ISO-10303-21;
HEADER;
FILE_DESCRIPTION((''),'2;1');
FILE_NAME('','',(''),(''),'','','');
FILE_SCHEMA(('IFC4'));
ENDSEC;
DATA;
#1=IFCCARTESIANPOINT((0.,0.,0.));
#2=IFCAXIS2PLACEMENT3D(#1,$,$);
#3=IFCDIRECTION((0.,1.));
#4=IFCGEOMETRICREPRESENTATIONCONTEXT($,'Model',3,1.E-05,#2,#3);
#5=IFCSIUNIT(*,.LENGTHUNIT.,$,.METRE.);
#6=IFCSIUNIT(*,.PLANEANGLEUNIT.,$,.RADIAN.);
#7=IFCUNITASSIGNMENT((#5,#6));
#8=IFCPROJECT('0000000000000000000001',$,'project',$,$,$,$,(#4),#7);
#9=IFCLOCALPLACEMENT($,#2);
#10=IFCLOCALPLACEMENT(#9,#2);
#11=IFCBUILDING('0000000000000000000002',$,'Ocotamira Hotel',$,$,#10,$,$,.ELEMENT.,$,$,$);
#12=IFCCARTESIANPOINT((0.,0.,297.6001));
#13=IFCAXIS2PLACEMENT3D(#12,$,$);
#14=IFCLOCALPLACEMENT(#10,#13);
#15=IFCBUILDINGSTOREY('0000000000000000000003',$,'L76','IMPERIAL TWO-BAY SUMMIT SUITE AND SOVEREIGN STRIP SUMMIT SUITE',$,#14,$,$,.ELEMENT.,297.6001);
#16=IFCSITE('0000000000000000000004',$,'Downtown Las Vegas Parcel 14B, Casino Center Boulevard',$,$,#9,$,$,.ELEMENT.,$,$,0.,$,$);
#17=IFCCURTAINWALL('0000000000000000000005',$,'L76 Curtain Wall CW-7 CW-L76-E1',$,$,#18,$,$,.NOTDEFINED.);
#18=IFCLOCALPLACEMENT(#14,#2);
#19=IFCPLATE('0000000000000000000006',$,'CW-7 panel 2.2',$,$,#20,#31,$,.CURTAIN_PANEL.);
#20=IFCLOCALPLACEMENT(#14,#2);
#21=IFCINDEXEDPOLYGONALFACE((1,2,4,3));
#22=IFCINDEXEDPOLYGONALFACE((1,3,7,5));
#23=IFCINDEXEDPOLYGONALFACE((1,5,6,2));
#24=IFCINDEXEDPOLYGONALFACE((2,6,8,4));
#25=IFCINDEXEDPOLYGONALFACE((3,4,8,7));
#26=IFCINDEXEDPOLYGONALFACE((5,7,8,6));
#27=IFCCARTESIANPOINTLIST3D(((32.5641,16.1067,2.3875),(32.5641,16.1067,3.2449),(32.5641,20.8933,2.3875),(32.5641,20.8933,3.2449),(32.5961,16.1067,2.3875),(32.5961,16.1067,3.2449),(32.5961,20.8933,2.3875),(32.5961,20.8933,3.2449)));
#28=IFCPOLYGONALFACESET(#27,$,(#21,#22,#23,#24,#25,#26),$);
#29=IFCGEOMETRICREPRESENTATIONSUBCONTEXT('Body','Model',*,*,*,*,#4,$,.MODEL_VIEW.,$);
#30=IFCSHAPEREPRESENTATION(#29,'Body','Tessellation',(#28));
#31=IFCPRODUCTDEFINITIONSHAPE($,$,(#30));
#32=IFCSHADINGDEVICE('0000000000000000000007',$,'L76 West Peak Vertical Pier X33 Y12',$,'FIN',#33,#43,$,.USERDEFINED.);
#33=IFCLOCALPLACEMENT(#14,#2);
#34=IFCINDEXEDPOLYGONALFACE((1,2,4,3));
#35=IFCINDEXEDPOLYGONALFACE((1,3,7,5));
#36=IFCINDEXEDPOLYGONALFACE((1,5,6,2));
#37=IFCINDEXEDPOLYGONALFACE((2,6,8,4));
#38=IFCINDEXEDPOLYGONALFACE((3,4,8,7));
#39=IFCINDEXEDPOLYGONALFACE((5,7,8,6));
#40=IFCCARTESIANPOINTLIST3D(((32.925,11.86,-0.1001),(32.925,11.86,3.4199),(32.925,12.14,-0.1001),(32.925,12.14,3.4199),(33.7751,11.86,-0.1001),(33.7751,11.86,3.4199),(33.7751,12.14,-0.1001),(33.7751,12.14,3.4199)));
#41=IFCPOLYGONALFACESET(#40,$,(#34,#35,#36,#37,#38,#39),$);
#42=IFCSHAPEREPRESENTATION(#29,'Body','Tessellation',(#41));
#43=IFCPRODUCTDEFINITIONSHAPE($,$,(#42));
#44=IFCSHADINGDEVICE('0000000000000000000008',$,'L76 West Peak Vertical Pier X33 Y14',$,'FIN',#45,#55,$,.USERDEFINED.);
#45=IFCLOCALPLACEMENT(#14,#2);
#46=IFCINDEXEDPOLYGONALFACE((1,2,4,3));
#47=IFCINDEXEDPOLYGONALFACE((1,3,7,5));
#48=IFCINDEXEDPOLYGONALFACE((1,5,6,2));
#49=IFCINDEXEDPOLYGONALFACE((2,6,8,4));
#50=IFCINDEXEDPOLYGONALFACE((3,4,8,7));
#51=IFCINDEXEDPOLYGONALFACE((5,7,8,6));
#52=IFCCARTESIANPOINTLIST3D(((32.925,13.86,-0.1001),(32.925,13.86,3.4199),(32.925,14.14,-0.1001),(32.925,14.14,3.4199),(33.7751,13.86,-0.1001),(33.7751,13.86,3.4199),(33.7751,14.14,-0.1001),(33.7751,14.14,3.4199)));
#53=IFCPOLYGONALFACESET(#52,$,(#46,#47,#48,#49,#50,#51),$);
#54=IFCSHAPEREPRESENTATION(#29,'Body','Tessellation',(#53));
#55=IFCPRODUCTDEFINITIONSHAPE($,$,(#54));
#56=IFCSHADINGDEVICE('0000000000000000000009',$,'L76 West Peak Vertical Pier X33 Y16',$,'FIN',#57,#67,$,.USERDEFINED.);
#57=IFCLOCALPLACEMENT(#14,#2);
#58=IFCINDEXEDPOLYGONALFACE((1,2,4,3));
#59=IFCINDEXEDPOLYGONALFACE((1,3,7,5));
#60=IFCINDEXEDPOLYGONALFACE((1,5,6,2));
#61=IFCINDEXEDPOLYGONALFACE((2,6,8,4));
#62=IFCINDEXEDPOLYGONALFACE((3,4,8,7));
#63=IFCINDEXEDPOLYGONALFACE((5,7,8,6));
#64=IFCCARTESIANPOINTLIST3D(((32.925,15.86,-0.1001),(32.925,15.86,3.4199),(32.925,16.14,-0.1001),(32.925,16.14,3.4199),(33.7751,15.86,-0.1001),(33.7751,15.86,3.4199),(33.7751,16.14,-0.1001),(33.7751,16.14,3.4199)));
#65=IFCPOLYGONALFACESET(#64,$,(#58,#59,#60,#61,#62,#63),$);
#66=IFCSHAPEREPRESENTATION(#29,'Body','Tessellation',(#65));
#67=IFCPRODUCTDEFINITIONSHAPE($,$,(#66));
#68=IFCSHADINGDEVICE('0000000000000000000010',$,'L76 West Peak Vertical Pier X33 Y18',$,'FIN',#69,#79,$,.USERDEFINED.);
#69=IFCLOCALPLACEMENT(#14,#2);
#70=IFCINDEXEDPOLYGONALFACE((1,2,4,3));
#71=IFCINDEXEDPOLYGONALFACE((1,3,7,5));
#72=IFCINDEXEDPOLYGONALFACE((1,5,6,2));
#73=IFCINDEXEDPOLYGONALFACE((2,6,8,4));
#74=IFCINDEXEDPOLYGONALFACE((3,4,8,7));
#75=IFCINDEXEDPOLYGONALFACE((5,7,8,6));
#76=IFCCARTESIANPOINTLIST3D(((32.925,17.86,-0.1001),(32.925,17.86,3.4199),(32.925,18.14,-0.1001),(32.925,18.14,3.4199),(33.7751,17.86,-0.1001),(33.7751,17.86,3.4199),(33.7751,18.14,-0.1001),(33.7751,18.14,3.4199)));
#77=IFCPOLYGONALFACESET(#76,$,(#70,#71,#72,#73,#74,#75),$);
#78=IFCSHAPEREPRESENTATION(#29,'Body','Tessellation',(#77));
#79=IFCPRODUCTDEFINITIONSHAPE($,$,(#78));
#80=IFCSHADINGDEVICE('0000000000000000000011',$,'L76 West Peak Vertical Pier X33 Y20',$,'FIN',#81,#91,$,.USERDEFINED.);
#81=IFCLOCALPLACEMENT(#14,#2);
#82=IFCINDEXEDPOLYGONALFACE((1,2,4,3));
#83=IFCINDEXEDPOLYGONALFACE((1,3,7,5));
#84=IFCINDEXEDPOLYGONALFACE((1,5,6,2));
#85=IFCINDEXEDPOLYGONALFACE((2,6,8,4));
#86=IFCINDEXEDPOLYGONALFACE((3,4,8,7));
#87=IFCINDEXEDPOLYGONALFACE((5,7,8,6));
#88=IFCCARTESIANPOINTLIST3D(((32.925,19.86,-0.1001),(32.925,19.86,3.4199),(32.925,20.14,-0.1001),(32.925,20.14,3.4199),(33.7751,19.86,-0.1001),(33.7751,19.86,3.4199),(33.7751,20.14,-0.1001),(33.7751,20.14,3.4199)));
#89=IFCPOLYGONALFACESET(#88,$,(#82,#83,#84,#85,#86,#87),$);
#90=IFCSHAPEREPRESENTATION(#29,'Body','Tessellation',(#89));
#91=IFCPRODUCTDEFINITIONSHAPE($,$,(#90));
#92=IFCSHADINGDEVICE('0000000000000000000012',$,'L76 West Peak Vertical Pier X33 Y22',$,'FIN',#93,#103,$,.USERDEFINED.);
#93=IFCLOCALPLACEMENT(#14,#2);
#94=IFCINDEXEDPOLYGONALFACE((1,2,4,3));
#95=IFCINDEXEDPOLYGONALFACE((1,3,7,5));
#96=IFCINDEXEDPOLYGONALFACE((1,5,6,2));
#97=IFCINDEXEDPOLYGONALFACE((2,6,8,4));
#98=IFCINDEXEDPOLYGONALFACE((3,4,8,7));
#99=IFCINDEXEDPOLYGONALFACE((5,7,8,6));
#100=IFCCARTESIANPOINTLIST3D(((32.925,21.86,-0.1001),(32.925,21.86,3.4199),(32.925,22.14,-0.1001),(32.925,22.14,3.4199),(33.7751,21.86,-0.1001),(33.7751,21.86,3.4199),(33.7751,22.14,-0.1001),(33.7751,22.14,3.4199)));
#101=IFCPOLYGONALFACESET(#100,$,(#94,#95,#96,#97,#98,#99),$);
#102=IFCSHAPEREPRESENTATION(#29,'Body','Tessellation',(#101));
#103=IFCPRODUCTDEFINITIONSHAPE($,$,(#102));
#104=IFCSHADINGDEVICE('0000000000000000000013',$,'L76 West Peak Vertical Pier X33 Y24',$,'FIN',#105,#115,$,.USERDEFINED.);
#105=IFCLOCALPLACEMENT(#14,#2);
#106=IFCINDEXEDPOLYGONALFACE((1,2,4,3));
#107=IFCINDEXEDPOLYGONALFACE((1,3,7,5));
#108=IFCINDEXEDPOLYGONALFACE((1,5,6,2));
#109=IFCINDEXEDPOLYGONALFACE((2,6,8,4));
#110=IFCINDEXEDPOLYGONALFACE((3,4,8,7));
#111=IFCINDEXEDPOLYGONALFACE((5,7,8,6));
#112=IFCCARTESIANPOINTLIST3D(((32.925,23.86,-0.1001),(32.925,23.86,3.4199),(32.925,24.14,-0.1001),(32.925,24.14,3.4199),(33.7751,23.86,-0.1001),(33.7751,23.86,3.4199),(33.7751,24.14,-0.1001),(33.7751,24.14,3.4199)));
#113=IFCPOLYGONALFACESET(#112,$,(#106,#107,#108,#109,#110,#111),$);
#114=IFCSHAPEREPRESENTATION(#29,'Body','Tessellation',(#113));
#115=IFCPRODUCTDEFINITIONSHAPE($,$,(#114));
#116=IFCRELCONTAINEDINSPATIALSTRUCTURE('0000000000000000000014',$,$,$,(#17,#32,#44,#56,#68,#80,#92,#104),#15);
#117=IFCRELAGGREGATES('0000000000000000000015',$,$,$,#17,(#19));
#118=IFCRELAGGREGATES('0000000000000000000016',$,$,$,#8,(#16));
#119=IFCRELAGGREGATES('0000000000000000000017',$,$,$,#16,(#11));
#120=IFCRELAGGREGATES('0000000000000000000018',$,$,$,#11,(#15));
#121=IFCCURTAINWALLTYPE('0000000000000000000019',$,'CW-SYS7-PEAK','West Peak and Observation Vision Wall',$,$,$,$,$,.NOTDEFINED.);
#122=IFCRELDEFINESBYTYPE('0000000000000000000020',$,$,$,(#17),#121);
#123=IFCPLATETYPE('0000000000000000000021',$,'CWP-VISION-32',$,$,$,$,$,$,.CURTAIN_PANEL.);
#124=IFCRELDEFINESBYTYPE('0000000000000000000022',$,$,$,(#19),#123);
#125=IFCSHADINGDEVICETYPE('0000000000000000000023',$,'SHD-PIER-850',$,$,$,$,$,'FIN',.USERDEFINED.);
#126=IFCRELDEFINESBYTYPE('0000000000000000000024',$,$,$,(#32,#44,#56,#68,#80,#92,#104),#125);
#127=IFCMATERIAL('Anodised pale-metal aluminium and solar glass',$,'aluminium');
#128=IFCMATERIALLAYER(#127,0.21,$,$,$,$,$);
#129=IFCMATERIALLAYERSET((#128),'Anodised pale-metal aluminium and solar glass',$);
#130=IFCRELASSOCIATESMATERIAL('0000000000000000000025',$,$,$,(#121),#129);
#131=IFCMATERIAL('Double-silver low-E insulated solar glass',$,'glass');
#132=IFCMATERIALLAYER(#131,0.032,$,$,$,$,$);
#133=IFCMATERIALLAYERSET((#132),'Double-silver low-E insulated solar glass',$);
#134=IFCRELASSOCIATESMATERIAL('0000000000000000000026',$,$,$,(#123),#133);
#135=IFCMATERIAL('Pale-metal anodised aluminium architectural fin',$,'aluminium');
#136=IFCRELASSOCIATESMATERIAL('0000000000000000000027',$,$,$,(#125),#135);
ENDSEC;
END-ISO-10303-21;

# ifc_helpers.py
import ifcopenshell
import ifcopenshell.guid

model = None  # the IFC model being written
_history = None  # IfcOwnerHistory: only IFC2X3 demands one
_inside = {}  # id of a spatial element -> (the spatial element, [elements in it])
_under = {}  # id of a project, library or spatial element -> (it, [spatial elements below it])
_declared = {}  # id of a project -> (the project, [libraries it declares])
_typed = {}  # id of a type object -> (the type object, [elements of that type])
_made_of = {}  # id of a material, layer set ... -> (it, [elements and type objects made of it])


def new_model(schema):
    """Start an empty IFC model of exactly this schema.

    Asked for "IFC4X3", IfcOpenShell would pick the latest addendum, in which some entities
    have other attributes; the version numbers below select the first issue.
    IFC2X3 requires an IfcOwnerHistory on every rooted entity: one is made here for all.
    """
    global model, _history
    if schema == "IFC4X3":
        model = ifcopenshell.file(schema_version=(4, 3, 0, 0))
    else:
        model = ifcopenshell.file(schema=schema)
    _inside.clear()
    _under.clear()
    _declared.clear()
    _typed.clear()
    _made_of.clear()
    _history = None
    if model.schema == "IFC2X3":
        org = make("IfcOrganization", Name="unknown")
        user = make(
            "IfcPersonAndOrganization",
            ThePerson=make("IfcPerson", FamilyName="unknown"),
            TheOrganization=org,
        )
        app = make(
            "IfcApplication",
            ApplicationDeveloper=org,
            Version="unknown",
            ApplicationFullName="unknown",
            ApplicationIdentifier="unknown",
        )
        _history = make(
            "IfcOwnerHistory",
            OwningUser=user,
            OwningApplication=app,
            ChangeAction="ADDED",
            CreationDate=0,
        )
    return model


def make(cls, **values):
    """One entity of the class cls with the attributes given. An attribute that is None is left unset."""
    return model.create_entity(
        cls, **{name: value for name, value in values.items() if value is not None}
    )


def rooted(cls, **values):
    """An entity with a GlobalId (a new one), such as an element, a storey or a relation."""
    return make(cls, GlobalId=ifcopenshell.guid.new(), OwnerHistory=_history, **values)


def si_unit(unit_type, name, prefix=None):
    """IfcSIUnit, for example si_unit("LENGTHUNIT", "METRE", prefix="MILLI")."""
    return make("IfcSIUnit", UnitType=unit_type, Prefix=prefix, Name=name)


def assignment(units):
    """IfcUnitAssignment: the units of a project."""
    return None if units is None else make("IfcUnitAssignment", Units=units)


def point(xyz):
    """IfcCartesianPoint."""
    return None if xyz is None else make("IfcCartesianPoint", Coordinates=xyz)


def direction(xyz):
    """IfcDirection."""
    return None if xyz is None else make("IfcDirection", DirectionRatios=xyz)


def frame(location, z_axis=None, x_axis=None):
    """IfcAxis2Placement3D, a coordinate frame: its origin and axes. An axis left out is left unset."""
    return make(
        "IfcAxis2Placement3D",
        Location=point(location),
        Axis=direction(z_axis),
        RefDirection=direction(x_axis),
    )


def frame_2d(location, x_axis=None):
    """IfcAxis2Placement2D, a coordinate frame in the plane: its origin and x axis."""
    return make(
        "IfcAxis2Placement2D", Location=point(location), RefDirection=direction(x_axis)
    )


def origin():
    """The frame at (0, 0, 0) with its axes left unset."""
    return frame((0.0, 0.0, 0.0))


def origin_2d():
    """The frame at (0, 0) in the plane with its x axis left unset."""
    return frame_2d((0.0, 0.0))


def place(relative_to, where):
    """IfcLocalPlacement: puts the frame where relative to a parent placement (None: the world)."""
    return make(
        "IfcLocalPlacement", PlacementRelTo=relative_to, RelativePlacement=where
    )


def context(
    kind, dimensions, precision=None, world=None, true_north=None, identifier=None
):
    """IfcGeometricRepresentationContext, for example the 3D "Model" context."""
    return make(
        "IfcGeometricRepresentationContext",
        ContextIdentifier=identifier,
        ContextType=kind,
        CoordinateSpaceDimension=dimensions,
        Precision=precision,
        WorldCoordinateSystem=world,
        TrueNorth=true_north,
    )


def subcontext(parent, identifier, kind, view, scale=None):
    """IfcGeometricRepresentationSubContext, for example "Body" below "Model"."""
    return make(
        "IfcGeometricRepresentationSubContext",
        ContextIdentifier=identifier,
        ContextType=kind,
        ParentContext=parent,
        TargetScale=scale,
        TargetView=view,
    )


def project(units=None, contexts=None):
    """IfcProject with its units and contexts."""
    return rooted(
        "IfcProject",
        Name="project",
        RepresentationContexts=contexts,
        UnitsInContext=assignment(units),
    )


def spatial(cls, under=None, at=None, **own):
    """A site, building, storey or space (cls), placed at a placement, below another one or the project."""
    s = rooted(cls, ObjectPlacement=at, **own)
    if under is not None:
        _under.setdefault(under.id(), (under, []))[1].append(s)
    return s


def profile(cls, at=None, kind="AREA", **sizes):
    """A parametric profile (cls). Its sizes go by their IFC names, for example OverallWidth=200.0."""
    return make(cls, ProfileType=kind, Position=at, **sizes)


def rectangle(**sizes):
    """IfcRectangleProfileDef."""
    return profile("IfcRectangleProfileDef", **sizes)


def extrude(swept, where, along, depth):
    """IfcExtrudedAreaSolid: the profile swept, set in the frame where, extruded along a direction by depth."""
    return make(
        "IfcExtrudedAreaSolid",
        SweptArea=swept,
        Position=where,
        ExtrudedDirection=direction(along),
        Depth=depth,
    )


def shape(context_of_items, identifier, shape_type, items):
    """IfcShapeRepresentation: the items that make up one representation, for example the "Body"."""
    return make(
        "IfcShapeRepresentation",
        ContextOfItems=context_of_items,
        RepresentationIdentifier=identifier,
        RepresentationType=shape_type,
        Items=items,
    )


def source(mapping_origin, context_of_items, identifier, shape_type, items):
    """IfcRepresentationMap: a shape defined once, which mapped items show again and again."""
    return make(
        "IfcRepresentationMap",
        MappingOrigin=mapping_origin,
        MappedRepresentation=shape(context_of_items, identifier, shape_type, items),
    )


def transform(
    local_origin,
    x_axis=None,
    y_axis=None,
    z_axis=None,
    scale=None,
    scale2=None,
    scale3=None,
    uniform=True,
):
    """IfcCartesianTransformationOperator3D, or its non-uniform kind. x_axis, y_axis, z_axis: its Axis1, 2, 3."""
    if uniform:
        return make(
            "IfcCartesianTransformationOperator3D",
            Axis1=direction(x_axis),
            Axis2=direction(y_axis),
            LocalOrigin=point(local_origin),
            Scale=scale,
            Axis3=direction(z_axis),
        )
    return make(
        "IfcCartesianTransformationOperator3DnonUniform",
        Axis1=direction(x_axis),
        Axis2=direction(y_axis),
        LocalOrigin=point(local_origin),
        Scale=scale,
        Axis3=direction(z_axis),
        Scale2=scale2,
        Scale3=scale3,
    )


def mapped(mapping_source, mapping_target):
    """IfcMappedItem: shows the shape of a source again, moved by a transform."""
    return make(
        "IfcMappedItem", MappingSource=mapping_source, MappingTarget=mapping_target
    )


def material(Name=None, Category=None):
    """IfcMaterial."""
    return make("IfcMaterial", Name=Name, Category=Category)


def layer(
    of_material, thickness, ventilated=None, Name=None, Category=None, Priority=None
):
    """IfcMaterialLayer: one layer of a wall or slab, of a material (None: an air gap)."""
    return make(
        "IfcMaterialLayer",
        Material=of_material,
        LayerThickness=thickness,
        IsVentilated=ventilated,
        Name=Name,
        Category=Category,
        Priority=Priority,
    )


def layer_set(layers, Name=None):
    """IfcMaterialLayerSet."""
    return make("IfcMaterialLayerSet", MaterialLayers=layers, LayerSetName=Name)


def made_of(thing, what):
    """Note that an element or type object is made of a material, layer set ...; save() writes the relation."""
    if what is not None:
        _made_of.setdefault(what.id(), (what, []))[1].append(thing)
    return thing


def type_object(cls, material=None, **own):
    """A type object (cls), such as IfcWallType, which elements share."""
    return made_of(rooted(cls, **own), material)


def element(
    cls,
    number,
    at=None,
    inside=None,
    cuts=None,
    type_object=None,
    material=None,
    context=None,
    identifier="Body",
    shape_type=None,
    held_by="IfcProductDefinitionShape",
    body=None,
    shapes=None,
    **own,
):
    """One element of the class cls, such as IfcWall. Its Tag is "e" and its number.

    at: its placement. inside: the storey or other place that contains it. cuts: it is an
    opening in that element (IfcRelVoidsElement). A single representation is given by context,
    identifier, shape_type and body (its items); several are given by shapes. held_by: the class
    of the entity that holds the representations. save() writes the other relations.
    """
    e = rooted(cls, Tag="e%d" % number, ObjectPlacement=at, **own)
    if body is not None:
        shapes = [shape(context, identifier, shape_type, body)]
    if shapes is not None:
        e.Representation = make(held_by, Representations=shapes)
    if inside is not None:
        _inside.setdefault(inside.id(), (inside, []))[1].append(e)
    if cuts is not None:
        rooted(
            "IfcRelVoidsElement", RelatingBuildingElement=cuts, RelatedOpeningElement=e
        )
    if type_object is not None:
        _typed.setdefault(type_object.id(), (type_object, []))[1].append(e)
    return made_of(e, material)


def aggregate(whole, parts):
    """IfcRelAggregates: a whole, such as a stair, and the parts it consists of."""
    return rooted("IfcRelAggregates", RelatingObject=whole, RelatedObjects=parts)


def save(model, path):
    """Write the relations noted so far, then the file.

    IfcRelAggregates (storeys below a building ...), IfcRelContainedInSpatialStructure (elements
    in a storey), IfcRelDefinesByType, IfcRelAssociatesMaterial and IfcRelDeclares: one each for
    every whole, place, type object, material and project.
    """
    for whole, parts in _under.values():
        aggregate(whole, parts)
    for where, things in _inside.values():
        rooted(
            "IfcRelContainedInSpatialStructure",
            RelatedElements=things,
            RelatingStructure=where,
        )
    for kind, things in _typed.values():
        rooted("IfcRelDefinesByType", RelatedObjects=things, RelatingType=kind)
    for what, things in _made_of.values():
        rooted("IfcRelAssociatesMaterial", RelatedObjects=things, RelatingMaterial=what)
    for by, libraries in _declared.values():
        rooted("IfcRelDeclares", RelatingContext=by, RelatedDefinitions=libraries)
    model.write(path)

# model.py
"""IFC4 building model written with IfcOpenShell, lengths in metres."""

from ifc_helpers import new_model, si_unit, direction, frame, origin, origin_2d, place, context, subcontext, project, spatial, rectangle, extrude, source, transform, mapped, material, layer, layer_set, type_object, element, aggregate, save


model = new_model("IFC4")

# Units and contexts
model_context = context("Model", 3, precision=1e-05, world=origin(), true_north=direction((0.0, 1.0)))
body_context = subcontext(model_context, "Body", "Model", "MODEL_VIEW")
ifc_project = project(units=[si_unit("LENGTHUNIT", "METRE"), si_unit("PLANEANGLEUNIT", "RADIAN")], contexts=[model_context])

# Site, building, storey
site_placement = place(None, origin())
site = spatial("IfcSite", under=ifc_project, at=site_placement, Name="Downtown Las Vegas Parcel 14B, Casino Center Boulevard", CompositionType="ELEMENT", RefElevation=0.0)
building_placement = place(site_placement, origin())
building = spatial("IfcBuilding", under=site, at=building_placement, Name="Ocotamira Hotel", CompositionType="ELEMENT")
storey_placement = place(building_placement, frame((0.0, 0.0, 297.6001)))
storey = spatial("IfcBuildingStorey", under=building, at=storey_placement, Name="L76", Description="IMPERIAL TWO-BAY SUMMIT SUITE AND SOVEREIGN STRIP SUMMIT SUITE", CompositionType="ELEMENT", Elevation=297.6001)

# Curtain wall, plate
ifc_material_1 = material(Name="Anodised pale-metal aluminium and solar glass", Category="aluminium")
ifc_layer_1 = layer(ifc_material_1, 0.21)
ifc_layer_set_1 = layer_set([ifc_layer_1], Name="Anodised pale-metal aluminium and solar glass")
curtain_wall_type = type_object("IfcCurtainWallType", Name="CW-SYS7-PEAK", Description="West Peak and Observation Vision Wall", PredefinedType="NOTDEFINED", material=ifc_layer_set_1)
curtain_wall_placement = place(storey_placement, origin())
curtain_wall = element("IfcCurtainWall", 1, at=curtain_wall_placement, inside=storey, type_object=curtain_wall_type, Name="L76 Curtain Wall CW-7 CW-L76-E1", PredefinedType="NOTDEFINED")
ifc_material_2 = material(Name="Double-silver low-E insulated solar glass", Category="glass")
ifc_layer_2 = layer(ifc_material_2, 0.032)
ifc_layer_set_2 = layer_set([ifc_layer_2], Name="Double-silver low-E insulated solar glass")
plate_type = type_object("IfcPlateType", Name="CWP-VISION-32", PredefinedType="CURTAIN_PANEL", material=ifc_layer_set_2)
shared_shape_1 = source(origin(), body_context, "Body", "SweptSolid", [
    extrude(rectangle(XDim=4.7866, YDim=0.032, at=origin_2d()), origin(), (0.0, 0.0, 1.0), 0.8574),
])
plate_1_placement = place(storey_placement, frame((32.5801, 18.5, 2.3875), z_axis=(0.0, 0.0, 1.0), x_axis=(0.0, 1.0, 0.0)))
plate_1 = element("IfcPlate", 2, at=plate_1_placement, type_object=plate_type, Name="CW-7 panel 2.2", PredefinedType="CURTAIN_PANEL", context=body_context, shape_type="MappedRepresentation", body=[
    mapped(shared_shape_1, transform((0.0, 0.0, 0.0), scale=1.0)),
])
aggregate(curtain_wall, [plate_1])

# Shading devices
ifc_material_3 = material(Name="Pale-metal anodised aluminium architectural fin", Category="aluminium")
shading_device_type = type_object("IfcShadingDeviceType", Name="SHD-PIER-850", ElementType="FIN", PredefinedType="USERDEFINED", material=ifc_material_3)
shared_shape_2 = source(origin(), body_context, "Body", "SweptSolid", [
    extrude(rectangle(XDim=0.8501, YDim=0.28, at=origin_2d()), origin(), (0.0, 0.0, 1.0), 3.52),
])
for number, where, z_axis, x_axis, name in (
    (3, (33.3501, 12.0, -0.1001), (0.0, 0.0, 1.0), (1.0, 0.0, 0.0), "L76 West Peak Vertical Pier X33 Y12"),
    (4, (33.3501, 14.0, -0.1001), (0.0, 0.0, 1.0), (1.0, 0.0, 0.0), "L76 West Peak Vertical Pier X33 Y14"),
    (5, (33.3501, 16.0, -0.1001), (0.0, 0.0, 1.0), (1.0, 0.0, 0.0), "L76 West Peak Vertical Pier X33 Y16"),
    (6, (33.3501, 18.0, -0.1001), (0.0, 0.0, 1.0), (1.0, 0.0, 0.0), "L76 West Peak Vertical Pier X33 Y18"),
    (7, (33.3501, 20.0, -0.1001), (0.0, 0.0, 1.0), (1.0, 0.0, 0.0), "L76 West Peak Vertical Pier X33 Y20"),
    (8, (33.3501, 22.0, -0.1001), (0.0, 0.0, 1.0), (1.0, 0.0, 0.0), "L76 West Peak Vertical Pier X33 Y22"),
    (9, (33.3501, 24.0, -0.1001), (0.0, 0.0, 1.0), (1.0, 0.0, 0.0), "L76 West Peak Vertical Pier X33 Y24"),
):
    element("IfcShadingDevice", number, at=place(storey_placement, frame(where, z_axis=z_axis, x_axis=x_axis)), inside=storey, type_object=shading_device_type, Name=name, ObjectType="FIN", PredefinedType="USERDEFINED", context=body_context, shape_type="MappedRepresentation", body=[
        mapped(shared_shape_2, transform((0.0, 0.0, 0.0), scale=1.0)),
    ])

save(model, "model.ifc")
